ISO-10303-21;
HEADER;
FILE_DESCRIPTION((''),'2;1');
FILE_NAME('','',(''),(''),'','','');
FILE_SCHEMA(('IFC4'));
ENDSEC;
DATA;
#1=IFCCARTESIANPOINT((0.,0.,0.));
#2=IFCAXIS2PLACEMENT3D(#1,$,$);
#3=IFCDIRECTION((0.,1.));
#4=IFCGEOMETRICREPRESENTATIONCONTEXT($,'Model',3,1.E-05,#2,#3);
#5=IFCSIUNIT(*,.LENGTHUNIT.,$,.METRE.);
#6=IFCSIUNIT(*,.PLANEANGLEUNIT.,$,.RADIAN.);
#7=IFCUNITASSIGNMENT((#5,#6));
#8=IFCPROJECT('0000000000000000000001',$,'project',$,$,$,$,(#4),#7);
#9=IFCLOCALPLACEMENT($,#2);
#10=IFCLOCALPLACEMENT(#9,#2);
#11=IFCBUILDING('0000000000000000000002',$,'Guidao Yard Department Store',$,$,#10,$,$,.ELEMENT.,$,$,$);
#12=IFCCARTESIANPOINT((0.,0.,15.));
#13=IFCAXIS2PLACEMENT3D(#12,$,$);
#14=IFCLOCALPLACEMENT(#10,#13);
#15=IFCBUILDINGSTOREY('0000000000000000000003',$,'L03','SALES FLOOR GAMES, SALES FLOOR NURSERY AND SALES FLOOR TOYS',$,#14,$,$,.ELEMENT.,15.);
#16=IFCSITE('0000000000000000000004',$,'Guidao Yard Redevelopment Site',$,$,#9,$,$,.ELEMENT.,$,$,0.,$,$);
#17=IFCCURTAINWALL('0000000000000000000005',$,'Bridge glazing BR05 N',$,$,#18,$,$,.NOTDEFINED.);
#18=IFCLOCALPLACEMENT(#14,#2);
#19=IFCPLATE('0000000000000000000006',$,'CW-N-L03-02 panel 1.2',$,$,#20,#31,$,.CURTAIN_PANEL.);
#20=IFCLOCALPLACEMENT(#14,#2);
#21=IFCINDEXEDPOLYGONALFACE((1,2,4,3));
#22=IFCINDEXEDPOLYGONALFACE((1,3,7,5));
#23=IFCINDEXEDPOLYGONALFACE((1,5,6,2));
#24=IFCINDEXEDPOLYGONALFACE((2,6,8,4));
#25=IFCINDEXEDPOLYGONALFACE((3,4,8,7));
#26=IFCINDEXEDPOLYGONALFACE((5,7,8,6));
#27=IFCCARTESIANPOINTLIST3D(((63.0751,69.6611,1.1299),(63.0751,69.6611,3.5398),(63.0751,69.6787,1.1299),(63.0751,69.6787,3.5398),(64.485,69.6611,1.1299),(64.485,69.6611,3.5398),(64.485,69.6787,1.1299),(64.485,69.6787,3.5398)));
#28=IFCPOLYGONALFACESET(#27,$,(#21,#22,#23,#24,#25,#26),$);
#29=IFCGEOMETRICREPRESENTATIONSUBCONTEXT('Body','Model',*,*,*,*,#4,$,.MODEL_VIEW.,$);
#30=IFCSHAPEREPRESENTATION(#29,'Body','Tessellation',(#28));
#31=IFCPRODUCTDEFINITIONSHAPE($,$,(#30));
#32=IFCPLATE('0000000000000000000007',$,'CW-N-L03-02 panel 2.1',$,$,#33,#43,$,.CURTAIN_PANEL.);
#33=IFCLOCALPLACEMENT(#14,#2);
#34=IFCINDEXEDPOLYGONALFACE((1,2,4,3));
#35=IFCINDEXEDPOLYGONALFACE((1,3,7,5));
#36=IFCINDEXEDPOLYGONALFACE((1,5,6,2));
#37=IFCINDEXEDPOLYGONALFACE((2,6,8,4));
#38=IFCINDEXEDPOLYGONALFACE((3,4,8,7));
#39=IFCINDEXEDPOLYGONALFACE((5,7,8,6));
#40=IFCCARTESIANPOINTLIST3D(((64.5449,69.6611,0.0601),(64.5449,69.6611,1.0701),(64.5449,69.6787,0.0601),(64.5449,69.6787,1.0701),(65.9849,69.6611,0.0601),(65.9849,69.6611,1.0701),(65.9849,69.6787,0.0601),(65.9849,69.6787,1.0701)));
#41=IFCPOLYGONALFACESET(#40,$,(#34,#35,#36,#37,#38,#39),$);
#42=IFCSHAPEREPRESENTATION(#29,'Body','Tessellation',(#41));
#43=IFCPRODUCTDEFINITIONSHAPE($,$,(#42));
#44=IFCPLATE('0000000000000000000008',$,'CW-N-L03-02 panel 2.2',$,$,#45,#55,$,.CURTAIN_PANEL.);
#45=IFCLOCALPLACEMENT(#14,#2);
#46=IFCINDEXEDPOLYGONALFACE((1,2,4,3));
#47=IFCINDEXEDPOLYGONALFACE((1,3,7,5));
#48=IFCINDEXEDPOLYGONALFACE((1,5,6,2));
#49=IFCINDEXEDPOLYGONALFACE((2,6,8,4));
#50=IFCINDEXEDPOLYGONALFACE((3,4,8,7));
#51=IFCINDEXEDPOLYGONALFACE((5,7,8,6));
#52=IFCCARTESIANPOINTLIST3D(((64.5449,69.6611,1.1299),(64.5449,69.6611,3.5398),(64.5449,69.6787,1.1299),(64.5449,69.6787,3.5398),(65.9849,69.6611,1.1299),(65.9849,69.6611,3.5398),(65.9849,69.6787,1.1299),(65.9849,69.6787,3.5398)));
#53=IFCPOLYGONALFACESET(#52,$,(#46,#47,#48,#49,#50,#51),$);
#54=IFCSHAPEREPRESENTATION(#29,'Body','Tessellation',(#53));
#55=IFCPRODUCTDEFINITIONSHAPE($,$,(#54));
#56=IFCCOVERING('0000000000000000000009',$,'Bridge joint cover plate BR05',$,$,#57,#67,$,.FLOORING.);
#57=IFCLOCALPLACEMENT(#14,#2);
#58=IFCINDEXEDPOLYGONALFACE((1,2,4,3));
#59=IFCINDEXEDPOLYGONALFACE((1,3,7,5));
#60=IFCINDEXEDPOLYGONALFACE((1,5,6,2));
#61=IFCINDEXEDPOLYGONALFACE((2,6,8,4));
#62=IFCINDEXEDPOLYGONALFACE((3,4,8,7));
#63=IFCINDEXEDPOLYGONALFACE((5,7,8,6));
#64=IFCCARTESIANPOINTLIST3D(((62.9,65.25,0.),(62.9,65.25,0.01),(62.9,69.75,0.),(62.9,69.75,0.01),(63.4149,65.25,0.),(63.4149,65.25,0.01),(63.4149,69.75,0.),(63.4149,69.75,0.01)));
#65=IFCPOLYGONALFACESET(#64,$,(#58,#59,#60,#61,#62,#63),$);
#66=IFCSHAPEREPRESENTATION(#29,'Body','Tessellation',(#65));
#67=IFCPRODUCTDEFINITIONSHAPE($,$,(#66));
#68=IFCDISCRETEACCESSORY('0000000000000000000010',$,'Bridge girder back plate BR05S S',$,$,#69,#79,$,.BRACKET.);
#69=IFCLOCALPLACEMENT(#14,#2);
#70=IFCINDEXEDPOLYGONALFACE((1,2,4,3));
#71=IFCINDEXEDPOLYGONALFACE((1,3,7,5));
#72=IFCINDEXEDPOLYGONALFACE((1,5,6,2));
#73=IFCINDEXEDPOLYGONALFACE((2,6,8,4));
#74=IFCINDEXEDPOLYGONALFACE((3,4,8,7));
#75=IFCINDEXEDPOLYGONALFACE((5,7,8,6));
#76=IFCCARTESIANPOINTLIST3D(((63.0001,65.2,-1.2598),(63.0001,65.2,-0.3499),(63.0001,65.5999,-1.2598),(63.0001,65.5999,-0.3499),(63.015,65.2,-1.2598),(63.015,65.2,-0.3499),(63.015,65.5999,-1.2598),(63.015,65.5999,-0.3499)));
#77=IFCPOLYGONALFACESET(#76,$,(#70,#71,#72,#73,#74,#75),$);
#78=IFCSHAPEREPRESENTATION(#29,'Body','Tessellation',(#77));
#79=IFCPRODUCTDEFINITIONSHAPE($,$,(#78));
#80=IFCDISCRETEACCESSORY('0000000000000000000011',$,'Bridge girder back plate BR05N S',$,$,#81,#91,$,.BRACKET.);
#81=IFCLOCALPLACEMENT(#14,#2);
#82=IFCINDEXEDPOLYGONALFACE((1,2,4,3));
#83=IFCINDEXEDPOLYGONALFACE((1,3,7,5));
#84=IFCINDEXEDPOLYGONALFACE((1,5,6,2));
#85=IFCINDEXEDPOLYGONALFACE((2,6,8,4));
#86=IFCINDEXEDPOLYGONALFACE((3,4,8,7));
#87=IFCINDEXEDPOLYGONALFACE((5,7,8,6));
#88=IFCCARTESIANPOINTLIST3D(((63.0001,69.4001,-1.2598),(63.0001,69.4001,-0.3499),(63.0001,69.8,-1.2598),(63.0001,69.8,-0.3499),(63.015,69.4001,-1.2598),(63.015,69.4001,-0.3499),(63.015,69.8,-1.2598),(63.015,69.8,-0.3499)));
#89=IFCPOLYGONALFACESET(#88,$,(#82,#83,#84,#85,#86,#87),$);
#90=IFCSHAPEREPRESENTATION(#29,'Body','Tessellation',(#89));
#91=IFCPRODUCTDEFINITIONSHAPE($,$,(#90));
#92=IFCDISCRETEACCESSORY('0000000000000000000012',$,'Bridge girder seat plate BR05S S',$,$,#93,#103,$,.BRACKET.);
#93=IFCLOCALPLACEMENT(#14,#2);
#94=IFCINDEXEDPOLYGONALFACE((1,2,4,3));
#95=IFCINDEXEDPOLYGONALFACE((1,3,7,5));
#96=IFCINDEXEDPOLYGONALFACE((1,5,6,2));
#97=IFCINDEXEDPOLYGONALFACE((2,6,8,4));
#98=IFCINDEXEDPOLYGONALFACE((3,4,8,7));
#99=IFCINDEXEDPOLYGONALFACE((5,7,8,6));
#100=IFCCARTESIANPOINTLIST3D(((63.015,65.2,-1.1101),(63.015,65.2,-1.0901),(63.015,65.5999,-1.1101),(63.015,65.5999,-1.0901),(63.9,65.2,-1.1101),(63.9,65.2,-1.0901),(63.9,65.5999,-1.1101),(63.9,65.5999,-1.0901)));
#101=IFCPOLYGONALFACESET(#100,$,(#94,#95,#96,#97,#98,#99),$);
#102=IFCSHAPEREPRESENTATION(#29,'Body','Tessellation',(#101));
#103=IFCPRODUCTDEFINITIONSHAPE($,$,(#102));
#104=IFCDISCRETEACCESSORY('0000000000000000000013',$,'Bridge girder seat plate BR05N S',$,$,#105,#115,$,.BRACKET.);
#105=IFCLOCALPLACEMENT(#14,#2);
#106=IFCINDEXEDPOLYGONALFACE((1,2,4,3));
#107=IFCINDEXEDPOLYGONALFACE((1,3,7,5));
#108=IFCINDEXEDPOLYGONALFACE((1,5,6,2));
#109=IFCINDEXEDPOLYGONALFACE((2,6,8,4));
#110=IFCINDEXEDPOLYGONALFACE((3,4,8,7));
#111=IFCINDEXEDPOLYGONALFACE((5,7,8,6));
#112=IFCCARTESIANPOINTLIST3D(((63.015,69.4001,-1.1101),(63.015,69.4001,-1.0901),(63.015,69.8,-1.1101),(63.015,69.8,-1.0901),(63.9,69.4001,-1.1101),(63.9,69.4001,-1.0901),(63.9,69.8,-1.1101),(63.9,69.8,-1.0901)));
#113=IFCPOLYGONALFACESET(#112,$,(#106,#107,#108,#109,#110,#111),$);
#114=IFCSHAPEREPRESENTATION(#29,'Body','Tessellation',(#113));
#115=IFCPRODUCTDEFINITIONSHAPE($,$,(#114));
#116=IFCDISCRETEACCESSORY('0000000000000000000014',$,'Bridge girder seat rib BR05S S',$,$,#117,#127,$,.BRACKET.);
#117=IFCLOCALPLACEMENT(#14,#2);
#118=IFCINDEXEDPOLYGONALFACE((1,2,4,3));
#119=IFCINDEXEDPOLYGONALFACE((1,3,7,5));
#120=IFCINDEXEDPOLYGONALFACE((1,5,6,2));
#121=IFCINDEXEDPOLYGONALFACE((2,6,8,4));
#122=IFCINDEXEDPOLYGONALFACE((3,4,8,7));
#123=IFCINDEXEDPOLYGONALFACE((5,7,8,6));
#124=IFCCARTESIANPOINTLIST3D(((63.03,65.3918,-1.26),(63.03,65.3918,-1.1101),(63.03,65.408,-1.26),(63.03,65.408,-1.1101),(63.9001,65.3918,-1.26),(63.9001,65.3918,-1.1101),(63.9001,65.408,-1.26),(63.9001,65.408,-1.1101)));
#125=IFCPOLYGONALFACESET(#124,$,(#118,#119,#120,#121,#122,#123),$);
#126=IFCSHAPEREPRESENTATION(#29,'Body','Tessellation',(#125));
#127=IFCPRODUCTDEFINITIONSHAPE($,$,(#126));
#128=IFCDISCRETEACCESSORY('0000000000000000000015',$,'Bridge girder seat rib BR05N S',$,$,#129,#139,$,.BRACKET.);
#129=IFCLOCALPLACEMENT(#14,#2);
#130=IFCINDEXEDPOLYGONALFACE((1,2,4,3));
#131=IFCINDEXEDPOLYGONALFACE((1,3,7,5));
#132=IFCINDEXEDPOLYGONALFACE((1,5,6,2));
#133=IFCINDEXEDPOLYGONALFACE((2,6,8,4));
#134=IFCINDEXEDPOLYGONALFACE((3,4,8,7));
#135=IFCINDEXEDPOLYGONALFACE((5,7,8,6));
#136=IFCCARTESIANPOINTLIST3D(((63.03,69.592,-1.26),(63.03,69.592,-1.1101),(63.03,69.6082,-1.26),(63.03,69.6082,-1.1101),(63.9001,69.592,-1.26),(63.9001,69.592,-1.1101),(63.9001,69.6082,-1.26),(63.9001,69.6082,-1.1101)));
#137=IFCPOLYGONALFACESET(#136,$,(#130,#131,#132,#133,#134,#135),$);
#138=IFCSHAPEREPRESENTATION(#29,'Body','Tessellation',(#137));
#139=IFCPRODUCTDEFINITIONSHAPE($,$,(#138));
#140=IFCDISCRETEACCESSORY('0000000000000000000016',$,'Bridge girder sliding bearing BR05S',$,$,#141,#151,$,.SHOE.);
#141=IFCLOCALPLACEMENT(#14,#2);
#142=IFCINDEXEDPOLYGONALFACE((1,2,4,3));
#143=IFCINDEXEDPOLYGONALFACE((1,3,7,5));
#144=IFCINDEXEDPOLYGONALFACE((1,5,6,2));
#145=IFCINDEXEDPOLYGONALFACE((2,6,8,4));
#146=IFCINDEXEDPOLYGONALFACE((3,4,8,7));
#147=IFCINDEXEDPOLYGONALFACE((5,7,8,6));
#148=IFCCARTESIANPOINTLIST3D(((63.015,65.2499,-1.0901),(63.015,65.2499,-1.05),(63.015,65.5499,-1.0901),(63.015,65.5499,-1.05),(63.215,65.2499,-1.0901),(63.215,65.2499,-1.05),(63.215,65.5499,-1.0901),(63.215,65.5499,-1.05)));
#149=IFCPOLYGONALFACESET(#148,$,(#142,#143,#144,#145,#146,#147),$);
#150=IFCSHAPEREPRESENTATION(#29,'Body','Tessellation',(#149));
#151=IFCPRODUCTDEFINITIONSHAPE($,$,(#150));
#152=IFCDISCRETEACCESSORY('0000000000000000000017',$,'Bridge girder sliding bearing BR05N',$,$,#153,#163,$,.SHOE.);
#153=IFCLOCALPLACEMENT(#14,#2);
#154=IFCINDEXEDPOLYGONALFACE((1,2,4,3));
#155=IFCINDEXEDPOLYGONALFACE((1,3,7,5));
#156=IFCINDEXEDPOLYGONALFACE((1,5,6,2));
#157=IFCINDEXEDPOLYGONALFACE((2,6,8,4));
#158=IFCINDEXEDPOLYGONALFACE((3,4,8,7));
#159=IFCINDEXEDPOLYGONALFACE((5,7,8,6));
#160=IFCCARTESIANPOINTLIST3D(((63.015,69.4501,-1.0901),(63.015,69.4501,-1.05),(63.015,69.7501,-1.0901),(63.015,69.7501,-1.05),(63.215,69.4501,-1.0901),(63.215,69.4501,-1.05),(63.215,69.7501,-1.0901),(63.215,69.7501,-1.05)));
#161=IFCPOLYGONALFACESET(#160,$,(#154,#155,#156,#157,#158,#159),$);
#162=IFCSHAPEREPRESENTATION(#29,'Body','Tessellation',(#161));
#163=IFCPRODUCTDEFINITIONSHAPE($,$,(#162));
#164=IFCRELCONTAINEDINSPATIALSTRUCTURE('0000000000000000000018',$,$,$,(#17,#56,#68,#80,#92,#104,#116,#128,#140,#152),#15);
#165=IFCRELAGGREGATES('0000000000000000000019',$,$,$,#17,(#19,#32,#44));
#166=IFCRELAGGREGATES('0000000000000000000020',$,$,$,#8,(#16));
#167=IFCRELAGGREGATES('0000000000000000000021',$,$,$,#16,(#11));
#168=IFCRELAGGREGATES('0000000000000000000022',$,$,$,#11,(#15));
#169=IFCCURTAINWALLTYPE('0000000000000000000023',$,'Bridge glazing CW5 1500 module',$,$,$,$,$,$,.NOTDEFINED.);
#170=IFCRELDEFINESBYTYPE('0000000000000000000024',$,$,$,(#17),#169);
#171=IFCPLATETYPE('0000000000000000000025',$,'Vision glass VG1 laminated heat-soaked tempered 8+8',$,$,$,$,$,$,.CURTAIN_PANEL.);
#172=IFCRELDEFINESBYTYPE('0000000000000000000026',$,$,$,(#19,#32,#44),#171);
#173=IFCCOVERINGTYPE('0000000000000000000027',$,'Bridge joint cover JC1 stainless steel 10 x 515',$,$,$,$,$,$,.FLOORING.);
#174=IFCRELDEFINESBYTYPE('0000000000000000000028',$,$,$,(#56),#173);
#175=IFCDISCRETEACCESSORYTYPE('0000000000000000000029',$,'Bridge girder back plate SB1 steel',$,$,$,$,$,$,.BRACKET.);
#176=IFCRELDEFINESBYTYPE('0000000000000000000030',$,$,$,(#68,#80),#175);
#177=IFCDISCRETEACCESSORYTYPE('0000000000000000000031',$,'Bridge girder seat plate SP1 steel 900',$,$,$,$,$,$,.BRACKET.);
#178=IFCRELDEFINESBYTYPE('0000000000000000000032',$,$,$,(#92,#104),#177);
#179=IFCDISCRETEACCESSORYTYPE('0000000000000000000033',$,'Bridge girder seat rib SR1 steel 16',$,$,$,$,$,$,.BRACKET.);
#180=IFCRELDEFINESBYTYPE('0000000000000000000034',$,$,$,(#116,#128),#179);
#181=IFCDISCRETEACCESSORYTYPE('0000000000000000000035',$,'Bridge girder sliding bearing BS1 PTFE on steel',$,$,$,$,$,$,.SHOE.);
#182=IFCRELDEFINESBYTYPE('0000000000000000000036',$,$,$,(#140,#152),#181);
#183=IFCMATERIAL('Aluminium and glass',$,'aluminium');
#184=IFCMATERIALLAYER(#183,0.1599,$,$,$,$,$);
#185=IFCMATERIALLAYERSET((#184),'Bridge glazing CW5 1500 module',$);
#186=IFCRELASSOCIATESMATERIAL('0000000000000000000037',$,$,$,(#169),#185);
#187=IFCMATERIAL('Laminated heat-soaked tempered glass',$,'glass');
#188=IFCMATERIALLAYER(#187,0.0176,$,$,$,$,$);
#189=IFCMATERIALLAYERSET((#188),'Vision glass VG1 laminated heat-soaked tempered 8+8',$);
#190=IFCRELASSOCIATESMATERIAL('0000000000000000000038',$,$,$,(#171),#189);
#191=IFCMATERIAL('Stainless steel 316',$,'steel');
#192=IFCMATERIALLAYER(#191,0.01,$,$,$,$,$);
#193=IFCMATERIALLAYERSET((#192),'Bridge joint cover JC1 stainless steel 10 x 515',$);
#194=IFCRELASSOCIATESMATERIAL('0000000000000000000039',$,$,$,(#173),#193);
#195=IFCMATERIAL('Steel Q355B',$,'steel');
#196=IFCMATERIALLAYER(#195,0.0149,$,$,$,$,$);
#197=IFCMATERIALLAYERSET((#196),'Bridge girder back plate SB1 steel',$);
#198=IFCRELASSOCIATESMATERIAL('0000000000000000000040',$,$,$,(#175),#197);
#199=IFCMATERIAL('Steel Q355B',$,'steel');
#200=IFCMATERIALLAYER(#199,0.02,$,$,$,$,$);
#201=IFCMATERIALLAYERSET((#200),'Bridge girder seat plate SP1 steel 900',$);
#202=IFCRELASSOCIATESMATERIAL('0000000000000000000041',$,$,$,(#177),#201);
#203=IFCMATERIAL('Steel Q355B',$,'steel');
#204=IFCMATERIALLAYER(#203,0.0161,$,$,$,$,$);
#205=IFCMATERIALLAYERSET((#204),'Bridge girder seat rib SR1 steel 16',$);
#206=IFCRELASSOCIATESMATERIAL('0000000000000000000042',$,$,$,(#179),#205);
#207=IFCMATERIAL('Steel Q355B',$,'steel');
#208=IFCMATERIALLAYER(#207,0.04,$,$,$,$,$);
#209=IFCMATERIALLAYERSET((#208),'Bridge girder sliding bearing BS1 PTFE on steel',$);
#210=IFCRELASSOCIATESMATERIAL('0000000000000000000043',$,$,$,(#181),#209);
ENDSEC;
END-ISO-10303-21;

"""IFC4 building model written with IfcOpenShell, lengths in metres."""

from ifc_helpers import new_model, si_unit, direction, frame, origin, origin_2d, place, context, subcontext, project, spatial, rectangle, extrude, material, layer, layer_set, type_object, element, aggregate, save


model = new_model("IFC4")

# Units and contexts
model_context = context("Model", 3, precision=1e-05, world=origin(), true_north=direction((0.0, 1.0)))
body_context = subcontext(model_context, "Body", "Model", "MODEL_VIEW")
ifc_project = project(units=[si_unit("LENGTHUNIT", "METRE"), si_unit("PLANEANGLEUNIT", "RADIAN")], contexts=[model_context])

# Site, building, storey
site_placement = place(None, origin())
site = spatial("IfcSite", under=ifc_project, at=site_placement, Name="Guidao Yard Redevelopment Site", CompositionType="ELEMENT", RefElevation=0.0)
building_placement = place(site_placement, origin())
building = spatial("IfcBuilding", under=site, at=building_placement, Name="Guidao Yard Department Store", CompositionType="ELEMENT")
storey_placement = place(building_placement, frame((0.0, 0.0, 15.0)))
storey = spatial("IfcBuildingStorey", under=building, at=storey_placement, Name="L03", Description="SALES FLOOR GAMES, SALES FLOOR NURSERY AND SALES FLOOR TOYS", CompositionType="ELEMENT", Elevation=15.0)

# Curtain wall
ifc_material_1 = material(Name="Aluminium and glass", Category="aluminium")
ifc_layer_1 = layer(ifc_material_1, 0.1599)
ifc_layer_set_1 = layer_set([ifc_layer_1], Name="Bridge glazing CW5 1500 module")
curtain_wall_type = type_object("IfcCurtainWallType", Name="Bridge glazing CW5 1500 module", PredefinedType="NOTDEFINED", material=ifc_layer_set_1)
curtain_wall_1_placement = place(storey_placement, origin())
curtain_wall_1 = element("IfcCurtainWall", 1, at=curtain_wall_1_placement, inside=storey, type_object=curtain_wall_type, Name="Bridge glazing BR05 N", PredefinedType="NOTDEFINED")

# Plates
ifc_material_2 = material(Name="Laminated heat-soaked tempered glass", Category="glass")
ifc_layer_2 = layer(ifc_material_2, 0.0176)
ifc_layer_set_2 = layer_set([ifc_layer_2], Name="Vision glass VG1 laminated heat-soaked tempered 8+8")
plate_type_1 = type_object("IfcPlateType", Name="Vision glass VG1 laminated heat-soaked tempered 8+8", PredefinedType="CURTAIN_PANEL", material=ifc_layer_set_2)
plate_1_placement = place(storey_placement, frame((63.78, 69.6699, 1.1299), z_axis=(0.0, 0.0, 1.0), x_axis=(1.0, 0.0, 0.0)))
plate_1 = element("IfcPlate", 2, at=plate_1_placement, type_object=plate_type_1, Name="CW-N-L03-02 panel 1.2", PredefinedType="CURTAIN_PANEL", context=body_context, shape_type="SweptSolid", body=[
    extrude(rectangle(XDim=1.4099, YDim=0.0176, at=origin_2d()), origin(), (0.0, 0.0, 1.0), 2.4099),
])
plate_2_placement = place(storey_placement, frame((65.2649, 69.6699, 0.0601), z_axis=(0.0, 0.0, 1.0), x_axis=(1.0, 0.0, 0.0)))
plate_2 = element("IfcPlate", 3, at=plate_2_placement, type_object=plate_type_1, Name="CW-N-L03-02 panel 2.1", PredefinedType="CURTAIN_PANEL", context=body_context, shape_type="SweptSolid", body=[
    extrude(rectangle(XDim=1.4399, YDim=0.0176, at=origin_2d()), origin(), (0.0, 0.0, 1.0), 1.01),
])
plate_3_placement = place(storey_placement, frame((65.2649, 69.6699, 1.1299), z_axis=(0.0, 0.0, 1.0), x_axis=(1.0, 0.0, 0.0)))
plate_3 = element("IfcPlate", 4, at=plate_3_placement, type_object=plate_type_1, Name="CW-N-L03-02 panel 2.2", PredefinedType="CURTAIN_PANEL", context=body_context, shape_type="SweptSolid", body=[
    extrude(rectangle(XDim=1.4399, YDim=0.0176, at=origin_2d()), origin(), (0.0, 0.0, 1.0), 2.4099),
])
aggregate(curtain_wall_1, [plate_1, plate_2, plate_3])

# Covering
ifc_material_3 = material(Name="Stainless steel 316", Category="steel")
ifc_layer_3 = layer(ifc_material_3, 0.01)
ifc_layer_set_3 = layer_set([ifc_layer_3], Name="Bridge joint cover JC1 stainless steel 10 x 515")
covering_type = type_object("IfcCoveringType", Name="Bridge joint cover JC1 stainless steel 10 x 515", PredefinedType="FLOORING", material=ifc_layer_set_3)
covering_placement = place(storey_placement, frame((63.1575, 67.5, 0.0), z_axis=(0.0, 0.0, 1.0), x_axis=(1.0, 0.0, 0.0)))
element("IfcCovering", 5, at=covering_placement, inside=storey, type_object=covering_type, Name="Bridge joint cover plate BR05", PredefinedType="FLOORING", context=body_context, shape_type="SweptSolid", body=[
    extrude(rectangle(XDim=0.5149, YDim=4.5, at=origin_2d()), origin(), (0.0, 0.0, 1.0), 0.01),
])

# Discrete accessories
ifc_material_4 = material(Name="Steel Q355B", Category="steel")
ifc_layer_4 = layer(ifc_material_4, 0.0149)
ifc_layer_set_4 = layer_set([ifc_layer_4], Name="Bridge girder back plate SB1 steel")
discrete_accessory_type_1 = type_object("IfcDiscreteAccessoryType", Name="Bridge girder back plate SB1 steel", PredefinedType="BRACKET", material=ifc_layer_set_4)
for number, where, z_axis, x_axis, name in (
    (6, (63.0076, 65.3999, -1.2598), (0.0, 0.0, 1.0), (1.0, 0.0, 0.0), "Bridge girder back plate BR05S S"),
    (7, (63.0076, 69.6001, -1.2598), (0.0, 0.0, 1.0), (1.0, 0.0, 0.0), "Bridge girder back plate BR05N S"),
):
    element("IfcDiscreteAccessory", number, at=place(storey_placement, frame(where, z_axis=z_axis, x_axis=x_axis)), inside=storey, type_object=discrete_accessory_type_1, Name=name, PredefinedType="BRACKET", context=body_context, shape_type="SweptSolid", body=[
        extrude(rectangle(XDim=0.0149, YDim=0.3999, at=origin_2d()), origin(), (0.0, 0.0, 1.0), 0.9099),
    ])
ifc_material_5 = material(Name="Steel Q355B", Category="steel")
ifc_layer_5 = layer(ifc_material_5, 0.02)
ifc_layer_set_5 = layer_set([ifc_layer_5], Name="Bridge girder seat plate SP1 steel 900")
discrete_accessory_type_2 = type_object("IfcDiscreteAccessoryType", Name="Bridge girder seat plate SP1 steel 900", PredefinedType="BRACKET", material=ifc_layer_set_5)
for number, where, z_axis, x_axis, name in (
    (8, (63.4575, 65.3999, -1.1101), (0.0, 0.0, 1.0), (1.0, 0.0, 0.0), "Bridge girder seat plate BR05S S"),
    (9, (63.4575, 69.6001, -1.1101), (0.0, 0.0, 1.0), (1.0, 0.0, 0.0), "Bridge girder seat plate BR05N S"),
):
    element("IfcDiscreteAccessory", number, at=place(storey_placement, frame(where, z_axis=z_axis, x_axis=x_axis)), inside=storey, type_object=discrete_accessory_type_2, Name=name, PredefinedType="BRACKET", context=body_context, shape_type="SweptSolid", body=[
        extrude(rectangle(XDim=0.885, YDim=0.3999, at=origin_2d()), origin(), (0.0, 0.0, 1.0), 0.02),
    ])
ifc_material_6 = material(Name="Steel Q355B", Category="steel")
ifc_layer_6 = layer(ifc_material_6, 0.0161)
ifc_layer_set_6 = layer_set([ifc_layer_6], Name="Bridge girder seat rib SR1 steel 16")
discrete_accessory_type_3 = type_object("IfcDiscreteAccessoryType", Name="Bridge girder seat rib SR1 steel 16", PredefinedType="BRACKET", material=ifc_layer_set_6)
for number, where, z_axis, x_axis, name in (
    (10, (63.4651, 65.3999, -1.26), (0.0, 0.0, 1.0), (1.0, 0.0, 0.0), "Bridge girder seat rib BR05S S"),
    (11, (63.4651, 69.6001, -1.26), (0.0, 0.0, 1.0), (1.0, 0.0, 0.0), "Bridge girder seat rib BR05N S"),
):
    element("IfcDiscreteAccessory", number, at=place(storey_placement, frame(where, z_axis=z_axis, x_axis=x_axis)), inside=storey, type_object=discrete_accessory_type_3, Name=name, PredefinedType="BRACKET", context=body_context, shape_type="SweptSolid", body=[
        extrude(rectangle(XDim=0.8701, YDim=0.0161, at=origin_2d()), origin(), (0.0, 0.0, 1.0), 0.1499),
    ])
ifc_material_7 = material(Name="Steel Q355B", Category="steel")
ifc_layer_7 = layer(ifc_material_7, 0.04)
ifc_layer_set_7 = layer_set([ifc_layer_7], Name="Bridge girder sliding bearing BS1 PTFE on steel")
discrete_accessory_type_4 = type_object("IfcDiscreteAccessoryType", Name="Bridge girder sliding bearing BS1 PTFE on steel", PredefinedType="SHOE", material=ifc_layer_set_7)
for number, where, z_axis, x_axis, name in (
    (12, (63.115, 65.3999, -1.0901), (0.0, 0.0, 1.0), (1.0, 0.0, 0.0), "Bridge girder sliding bearing BR05S"),
    (13, (63.115, 69.6001, -1.0901), (0.0, 0.0, 1.0), (1.0, 0.0, 0.0), "Bridge girder sliding bearing BR05N"),
):
    element("IfcDiscreteAccessory", number, at=place(storey_placement, frame(where, z_axis=z_axis, x_axis=x_axis)), inside=storey, type_object=discrete_accessory_type_4, Name=name, PredefinedType="SHOE", context=body_context, shape_type="SweptSolid", body=[
        extrude(rectangle(XDim=0.2, YDim=0.3, at=origin_2d()), origin(), (0.0, 0.0, 1.0), 0.04),
    ])

save(model, "model.ifc")
